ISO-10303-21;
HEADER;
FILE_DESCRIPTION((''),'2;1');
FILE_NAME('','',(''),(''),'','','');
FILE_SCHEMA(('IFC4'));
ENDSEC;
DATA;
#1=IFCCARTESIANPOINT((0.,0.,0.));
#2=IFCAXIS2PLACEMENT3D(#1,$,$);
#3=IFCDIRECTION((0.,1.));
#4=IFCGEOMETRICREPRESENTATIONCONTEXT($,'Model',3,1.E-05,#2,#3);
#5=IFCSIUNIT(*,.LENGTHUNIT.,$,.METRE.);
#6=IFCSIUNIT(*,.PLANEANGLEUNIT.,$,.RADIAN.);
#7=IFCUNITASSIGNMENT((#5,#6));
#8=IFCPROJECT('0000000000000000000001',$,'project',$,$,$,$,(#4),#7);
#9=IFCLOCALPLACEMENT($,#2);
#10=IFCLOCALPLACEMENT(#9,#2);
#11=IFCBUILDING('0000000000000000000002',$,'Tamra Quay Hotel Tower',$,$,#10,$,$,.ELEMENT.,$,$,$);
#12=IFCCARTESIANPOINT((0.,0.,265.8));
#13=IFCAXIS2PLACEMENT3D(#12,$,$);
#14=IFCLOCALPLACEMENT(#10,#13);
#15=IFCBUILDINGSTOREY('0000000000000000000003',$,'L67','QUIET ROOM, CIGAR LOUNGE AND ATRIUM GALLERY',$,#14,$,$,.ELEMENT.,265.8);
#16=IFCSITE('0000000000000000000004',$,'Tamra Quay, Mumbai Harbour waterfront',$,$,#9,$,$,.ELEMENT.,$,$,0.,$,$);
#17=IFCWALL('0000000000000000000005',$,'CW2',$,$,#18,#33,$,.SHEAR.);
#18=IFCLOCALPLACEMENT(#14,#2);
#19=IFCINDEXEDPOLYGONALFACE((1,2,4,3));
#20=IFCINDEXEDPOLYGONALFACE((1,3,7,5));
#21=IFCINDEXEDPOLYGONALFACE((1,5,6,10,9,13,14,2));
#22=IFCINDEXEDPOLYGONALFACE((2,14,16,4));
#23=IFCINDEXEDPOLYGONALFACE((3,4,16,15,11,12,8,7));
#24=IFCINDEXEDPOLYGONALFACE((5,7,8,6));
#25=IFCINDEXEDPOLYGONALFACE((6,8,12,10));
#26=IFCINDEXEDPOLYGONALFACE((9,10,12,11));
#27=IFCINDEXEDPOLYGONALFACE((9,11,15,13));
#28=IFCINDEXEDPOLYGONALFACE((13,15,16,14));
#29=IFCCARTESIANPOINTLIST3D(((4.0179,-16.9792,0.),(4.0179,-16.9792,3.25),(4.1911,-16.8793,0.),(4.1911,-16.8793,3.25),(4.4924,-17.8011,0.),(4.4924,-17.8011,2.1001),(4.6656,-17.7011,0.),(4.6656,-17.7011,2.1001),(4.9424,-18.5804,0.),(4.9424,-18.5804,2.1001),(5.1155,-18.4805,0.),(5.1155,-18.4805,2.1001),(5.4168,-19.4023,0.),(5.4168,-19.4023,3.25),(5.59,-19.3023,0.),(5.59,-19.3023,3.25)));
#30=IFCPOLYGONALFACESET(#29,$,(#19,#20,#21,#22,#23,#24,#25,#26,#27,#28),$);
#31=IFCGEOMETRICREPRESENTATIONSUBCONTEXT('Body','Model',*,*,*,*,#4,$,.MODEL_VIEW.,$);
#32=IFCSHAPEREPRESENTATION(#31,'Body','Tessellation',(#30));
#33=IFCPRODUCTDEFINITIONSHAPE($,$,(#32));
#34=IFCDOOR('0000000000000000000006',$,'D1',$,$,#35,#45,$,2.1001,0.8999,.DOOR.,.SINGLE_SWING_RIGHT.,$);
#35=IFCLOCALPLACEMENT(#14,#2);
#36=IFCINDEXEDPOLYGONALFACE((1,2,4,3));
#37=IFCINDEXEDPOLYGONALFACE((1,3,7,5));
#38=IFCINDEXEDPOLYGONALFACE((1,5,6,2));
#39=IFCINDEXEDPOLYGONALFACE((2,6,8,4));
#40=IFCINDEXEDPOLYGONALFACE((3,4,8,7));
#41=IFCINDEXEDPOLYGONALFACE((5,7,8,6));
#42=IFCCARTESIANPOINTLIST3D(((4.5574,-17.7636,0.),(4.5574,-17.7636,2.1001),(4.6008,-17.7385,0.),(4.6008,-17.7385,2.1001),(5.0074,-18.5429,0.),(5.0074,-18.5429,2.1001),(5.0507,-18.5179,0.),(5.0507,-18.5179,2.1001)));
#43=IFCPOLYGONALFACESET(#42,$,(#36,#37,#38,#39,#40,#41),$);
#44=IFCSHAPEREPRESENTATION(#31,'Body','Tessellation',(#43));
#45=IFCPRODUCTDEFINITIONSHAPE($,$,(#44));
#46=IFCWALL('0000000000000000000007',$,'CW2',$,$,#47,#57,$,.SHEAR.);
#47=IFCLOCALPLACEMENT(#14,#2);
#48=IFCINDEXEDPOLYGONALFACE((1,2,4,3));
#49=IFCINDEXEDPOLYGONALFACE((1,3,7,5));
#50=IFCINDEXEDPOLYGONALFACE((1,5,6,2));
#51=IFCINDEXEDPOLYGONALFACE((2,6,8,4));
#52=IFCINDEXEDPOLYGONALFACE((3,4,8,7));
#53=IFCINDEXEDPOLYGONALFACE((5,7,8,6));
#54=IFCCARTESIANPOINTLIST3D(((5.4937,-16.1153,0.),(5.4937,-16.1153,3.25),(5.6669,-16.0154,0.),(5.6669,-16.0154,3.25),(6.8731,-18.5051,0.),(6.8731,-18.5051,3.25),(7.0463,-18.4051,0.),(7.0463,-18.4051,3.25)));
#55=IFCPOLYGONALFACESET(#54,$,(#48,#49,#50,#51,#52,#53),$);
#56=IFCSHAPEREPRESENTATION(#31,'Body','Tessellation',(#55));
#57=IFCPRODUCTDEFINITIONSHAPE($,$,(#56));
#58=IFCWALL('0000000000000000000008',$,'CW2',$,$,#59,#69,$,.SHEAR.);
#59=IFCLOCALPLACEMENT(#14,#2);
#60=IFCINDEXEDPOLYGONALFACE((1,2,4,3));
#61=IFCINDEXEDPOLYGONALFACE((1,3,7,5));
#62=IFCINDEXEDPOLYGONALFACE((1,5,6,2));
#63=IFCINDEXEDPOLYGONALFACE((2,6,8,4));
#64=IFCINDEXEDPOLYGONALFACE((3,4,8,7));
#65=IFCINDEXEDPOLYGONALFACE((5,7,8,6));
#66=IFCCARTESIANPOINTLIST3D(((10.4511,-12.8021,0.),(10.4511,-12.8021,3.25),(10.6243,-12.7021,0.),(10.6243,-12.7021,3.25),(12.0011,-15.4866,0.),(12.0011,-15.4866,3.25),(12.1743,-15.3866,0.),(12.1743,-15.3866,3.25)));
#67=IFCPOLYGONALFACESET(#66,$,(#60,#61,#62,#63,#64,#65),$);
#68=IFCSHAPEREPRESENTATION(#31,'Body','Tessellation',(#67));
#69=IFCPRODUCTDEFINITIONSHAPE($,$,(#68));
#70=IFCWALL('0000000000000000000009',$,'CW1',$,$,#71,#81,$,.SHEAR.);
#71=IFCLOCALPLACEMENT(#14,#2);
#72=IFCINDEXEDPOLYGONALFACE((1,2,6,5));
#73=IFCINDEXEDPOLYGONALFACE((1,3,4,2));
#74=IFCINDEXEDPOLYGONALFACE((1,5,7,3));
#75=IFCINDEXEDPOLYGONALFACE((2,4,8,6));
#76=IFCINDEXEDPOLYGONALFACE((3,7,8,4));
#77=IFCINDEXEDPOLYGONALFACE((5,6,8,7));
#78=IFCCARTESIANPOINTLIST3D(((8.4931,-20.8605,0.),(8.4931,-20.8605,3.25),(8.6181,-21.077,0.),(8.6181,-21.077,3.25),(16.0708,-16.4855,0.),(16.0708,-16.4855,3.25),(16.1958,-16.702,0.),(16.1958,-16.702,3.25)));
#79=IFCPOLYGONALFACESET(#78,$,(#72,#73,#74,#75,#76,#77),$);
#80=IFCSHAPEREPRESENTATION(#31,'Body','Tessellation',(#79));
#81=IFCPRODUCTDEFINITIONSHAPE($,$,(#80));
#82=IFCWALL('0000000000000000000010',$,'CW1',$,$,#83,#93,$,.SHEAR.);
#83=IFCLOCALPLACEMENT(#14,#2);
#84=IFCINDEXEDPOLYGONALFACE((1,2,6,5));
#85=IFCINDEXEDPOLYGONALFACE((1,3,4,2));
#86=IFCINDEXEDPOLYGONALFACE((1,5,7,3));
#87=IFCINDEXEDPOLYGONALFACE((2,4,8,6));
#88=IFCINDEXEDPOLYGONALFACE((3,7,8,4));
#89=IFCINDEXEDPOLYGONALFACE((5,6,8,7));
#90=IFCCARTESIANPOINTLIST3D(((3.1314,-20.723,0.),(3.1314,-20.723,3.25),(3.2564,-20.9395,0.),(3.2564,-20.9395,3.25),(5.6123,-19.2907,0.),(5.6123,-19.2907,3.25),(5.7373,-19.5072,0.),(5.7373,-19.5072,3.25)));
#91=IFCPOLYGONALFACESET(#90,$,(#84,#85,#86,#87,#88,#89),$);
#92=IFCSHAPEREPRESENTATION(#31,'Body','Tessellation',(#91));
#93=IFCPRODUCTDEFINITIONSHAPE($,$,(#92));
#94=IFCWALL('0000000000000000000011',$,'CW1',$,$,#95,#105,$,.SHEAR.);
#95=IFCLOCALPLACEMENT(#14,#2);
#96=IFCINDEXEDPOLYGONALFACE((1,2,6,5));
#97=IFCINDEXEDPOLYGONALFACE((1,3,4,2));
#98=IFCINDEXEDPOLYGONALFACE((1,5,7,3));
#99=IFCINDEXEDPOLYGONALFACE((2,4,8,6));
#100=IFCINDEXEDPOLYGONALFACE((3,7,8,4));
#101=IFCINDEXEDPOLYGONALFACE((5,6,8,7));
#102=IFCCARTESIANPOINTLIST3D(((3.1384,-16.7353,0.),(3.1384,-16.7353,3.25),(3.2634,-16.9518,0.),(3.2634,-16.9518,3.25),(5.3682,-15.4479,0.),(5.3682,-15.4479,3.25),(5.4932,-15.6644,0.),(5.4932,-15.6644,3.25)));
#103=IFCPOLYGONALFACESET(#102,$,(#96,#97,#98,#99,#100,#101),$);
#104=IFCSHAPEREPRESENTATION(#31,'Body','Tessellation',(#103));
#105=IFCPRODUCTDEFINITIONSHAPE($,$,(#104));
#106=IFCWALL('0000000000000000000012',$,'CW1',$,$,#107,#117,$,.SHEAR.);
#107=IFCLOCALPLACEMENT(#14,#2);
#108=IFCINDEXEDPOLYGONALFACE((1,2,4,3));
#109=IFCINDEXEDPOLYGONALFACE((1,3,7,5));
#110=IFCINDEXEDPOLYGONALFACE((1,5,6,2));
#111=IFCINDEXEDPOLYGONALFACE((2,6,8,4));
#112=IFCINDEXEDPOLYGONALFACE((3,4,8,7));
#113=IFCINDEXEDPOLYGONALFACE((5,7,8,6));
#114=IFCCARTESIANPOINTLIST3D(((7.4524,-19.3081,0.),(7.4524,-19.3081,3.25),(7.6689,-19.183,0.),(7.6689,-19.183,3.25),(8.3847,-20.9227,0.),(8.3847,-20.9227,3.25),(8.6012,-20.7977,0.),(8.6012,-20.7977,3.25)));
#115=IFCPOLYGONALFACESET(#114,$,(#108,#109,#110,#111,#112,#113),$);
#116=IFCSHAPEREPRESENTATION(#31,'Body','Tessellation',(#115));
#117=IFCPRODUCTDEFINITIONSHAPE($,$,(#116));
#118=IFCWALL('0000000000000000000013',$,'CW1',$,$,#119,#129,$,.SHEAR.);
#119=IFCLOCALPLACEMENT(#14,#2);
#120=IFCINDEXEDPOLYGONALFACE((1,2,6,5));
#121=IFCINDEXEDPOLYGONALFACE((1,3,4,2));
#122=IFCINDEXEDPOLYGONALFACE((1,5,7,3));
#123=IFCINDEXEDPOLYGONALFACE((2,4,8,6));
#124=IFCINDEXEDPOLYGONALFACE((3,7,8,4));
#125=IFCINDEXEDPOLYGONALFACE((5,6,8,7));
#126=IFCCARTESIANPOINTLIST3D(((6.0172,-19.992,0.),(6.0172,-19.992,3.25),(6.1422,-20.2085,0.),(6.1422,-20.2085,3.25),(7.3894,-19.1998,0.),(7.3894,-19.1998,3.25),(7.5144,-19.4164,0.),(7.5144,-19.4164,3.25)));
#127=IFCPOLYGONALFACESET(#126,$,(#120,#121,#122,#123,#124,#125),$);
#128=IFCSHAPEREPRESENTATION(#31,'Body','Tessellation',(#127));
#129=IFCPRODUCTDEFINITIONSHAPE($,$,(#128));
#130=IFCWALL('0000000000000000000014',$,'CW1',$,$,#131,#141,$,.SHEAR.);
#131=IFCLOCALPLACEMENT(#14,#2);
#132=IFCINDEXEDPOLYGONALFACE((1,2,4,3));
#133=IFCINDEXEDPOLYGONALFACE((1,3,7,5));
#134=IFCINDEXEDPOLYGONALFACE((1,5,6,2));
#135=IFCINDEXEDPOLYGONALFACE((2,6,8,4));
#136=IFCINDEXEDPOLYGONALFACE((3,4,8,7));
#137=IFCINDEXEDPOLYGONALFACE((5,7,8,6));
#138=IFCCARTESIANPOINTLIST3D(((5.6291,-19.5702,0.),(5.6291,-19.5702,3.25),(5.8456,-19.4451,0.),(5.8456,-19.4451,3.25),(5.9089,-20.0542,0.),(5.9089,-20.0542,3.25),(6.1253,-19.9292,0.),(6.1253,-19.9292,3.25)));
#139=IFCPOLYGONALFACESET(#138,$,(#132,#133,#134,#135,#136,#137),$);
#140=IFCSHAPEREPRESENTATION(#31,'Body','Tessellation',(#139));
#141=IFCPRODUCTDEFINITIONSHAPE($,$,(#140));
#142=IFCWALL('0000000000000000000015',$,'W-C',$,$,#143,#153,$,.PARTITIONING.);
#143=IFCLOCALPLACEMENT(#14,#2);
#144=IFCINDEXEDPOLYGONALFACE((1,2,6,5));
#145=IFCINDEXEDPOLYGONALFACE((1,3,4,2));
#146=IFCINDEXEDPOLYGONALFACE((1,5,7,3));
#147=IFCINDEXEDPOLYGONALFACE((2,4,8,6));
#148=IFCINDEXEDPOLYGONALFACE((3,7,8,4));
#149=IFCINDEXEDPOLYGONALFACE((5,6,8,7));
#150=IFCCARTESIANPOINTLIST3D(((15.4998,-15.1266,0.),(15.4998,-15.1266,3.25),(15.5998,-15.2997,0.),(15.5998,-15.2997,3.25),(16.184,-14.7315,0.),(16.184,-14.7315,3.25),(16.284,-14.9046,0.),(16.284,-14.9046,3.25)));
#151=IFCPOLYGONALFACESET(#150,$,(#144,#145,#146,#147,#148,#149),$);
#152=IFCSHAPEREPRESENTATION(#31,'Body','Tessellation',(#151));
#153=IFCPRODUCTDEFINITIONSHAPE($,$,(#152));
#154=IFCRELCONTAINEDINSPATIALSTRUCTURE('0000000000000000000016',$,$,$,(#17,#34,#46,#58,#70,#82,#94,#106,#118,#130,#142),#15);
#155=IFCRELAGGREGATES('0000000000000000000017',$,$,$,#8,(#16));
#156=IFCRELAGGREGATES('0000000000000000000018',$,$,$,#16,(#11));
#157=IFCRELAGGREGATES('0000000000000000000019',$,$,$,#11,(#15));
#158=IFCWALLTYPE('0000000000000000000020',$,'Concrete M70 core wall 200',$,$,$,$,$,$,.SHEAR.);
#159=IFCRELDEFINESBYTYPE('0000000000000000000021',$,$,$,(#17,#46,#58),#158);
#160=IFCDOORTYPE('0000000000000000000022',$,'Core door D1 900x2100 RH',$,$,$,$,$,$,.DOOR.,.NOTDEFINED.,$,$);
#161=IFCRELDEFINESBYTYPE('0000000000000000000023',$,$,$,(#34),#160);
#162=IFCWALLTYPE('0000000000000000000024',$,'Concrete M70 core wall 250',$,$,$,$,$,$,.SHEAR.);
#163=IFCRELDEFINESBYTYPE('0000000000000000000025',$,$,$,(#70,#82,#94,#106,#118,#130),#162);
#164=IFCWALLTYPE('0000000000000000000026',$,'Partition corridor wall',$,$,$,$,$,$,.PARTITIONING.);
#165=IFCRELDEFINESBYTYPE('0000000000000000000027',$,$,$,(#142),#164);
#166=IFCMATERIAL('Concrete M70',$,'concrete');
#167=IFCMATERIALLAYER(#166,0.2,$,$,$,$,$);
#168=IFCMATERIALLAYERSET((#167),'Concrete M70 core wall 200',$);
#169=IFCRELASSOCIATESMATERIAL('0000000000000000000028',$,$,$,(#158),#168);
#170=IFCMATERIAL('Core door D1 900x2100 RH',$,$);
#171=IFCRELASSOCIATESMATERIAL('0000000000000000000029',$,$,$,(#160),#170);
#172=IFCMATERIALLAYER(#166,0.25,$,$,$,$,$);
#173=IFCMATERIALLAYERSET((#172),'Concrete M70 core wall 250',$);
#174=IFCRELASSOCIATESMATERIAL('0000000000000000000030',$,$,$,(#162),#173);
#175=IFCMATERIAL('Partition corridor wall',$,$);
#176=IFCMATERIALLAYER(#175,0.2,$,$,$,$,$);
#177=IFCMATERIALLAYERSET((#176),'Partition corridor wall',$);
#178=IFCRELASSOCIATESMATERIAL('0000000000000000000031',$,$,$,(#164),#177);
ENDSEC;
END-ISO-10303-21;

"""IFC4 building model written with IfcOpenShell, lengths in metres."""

from ifc_helpers import new_model, si_unit, direction, frame, frame_2d, origin, place, context, subcontext, project, spatial, rectangle, extrude, material, layer, layer_set, type_object, element, fill, save


model = new_model("IFC4")

# Units and contexts
model_context = context("Model", 3, precision=1e-05, world=origin(), true_north=direction((0.0, 1.0)))
body_context = subcontext(model_context, "Body", "Model", "MODEL_VIEW")
ifc_project = project(units=[si_unit("LENGTHUNIT", "METRE"), si_unit("PLANEANGLEUNIT", "RADIAN")], contexts=[model_context])

# Site, building, storey
site_placement = place(None, origin())
site = spatial("IfcSite", under=ifc_project, at=site_placement, Name="Tamra Quay, Mumbai Harbour waterfront", CompositionType="ELEMENT", RefElevation=0.0)
building_placement = place(site_placement, origin())
building = spatial("IfcBuilding", under=site, at=building_placement, Name="Tamra Quay Hotel Tower", CompositionType="ELEMENT")
storey_placement = place(building_placement, frame((0.0, 0.0, 265.8)))
storey = spatial("IfcBuildingStorey", under=building, at=storey_placement, Name="L67", Description="QUIET ROOM, CIGAR LOUNGE AND ATRIUM GALLERY", CompositionType="ELEMENT", Elevation=265.8)

# Shared definitions
ifc_material_1 = material(Name="Concrete M70", Category="concrete")

# Shared definitions
ifc_layer_1 = layer(ifc_material_1, 0.2)
ifc_layer_set_1 = layer_set([ifc_layer_1], Name="Concrete M70 core wall 200")
wall_type_1 = type_object("IfcWallType", Name="Concrete M70 core wall 200", PredefinedType="SHEAR", material=ifc_layer_set_1)

# Wall, opening, door
wall_1_placement = place(storey_placement, frame((5.5034, -19.3523, 0.0), z_axis=(0.0, 0.0, 1.0), x_axis=(-0.499987, 0.866033, 0.0)))
wall_1 = element("IfcWall", 1, at=wall_1_placement, inside=storey, type_object=wall_type_1, Name="CW2", PredefinedType="SHEAR", context=body_context, shape_type="SweptSolid", body=[
    extrude(rectangle(XDim=2.7979, YDim=0.2, at=frame_2d((1.3989, 0.0))), origin(), (0.0, 0.0, 1.0), 3.25),
])
opening_1_placement = place(wall_1_placement, frame((0.949, 0.0, 0.0)))
opening_1 = element("IfcOpeningElement", 2, at=opening_1_placement, cuts=wall_1, PredefinedType="OPENING", context=body_context, shape_type="SweptSolid", body=[
    extrude(rectangle(XDim=0.8999, YDim=2.1001, at=frame_2d((0.45, 1.05))), frame((0.0, 0.1099, 0.0), z_axis=(0.0, -1.0, 0.0), x_axis=(1.0, 0.0, 0.0)), (0.0, 0.0, 1.0), 0.22),
])
ifc_material_2 = material(Name="Core door D1 900x2100 RH")
door_type_1 = type_object("IfcDoorType", Name="Core door D1 900x2100 RH", OperationType="NOTDEFINED", PredefinedType="DOOR", material=ifc_material_2)
door_1_placement = place(opening_1_placement, origin())
door_1 = element("IfcDoor", 3, at=door_1_placement, inside=storey, type_object=door_type_1, Name="D1", OperationType="SINGLE_SWING_RIGHT", OverallHeight=2.1001, OverallWidth=0.8999, PredefinedType="DOOR", context=body_context, shape_type="SweptSolid", body=[
    extrude(rectangle(XDim=0.8999, YDim=2.1001, at=frame_2d((0.45, 1.05))), frame((0.0, 0.0249, 0.0), z_axis=(0.0, -1.0, 0.0), x_axis=(1.0, 0.0, 0.0)), (0.0, 0.0, 1.0), 0.05),
])
fill(opening_1, door_1)

# Walls
wall_2_placement = place(storey_placement, frame((6.9597, -18.4551, 0.0), z_axis=(0.0, 0.0, 1.0), x_axis=(-0.499927, 0.866068, 0.0)))
element("IfcWall", 4, at=wall_2_placement, inside=storey, type_object=wall_type_1, Name="CW2", PredefinedType="SHEAR", context=body_context, shape_type="SweptSolid", body=[
    extrude(rectangle(XDim=2.7593, YDim=0.2, at=frame_2d((1.3796, 0.0))), origin(), (0.0, 0.0, 1.0), 3.25),
])
wall_3_placement = place(storey_placement, frame((12.0876, -15.4365, 0.0), z_axis=(0.0, 0.0, 1.0), x_axis=(-0.500027, 0.86601, 0.0)))
element("IfcWall", 5, at=wall_3_placement, inside=storey, type_object=wall_type_1, Name="CW2", PredefinedType="SHEAR", context=body_context, shape_type="SweptSolid", body=[
    extrude(rectangle(XDim=3.0999, YDim=0.2, at=frame_2d((1.5498, 0.0))), origin(), (0.0, 0.0, 1.0), 3.25),
])
ifc_layer_2 = layer(ifc_material_1, 0.25)
ifc_layer_set_2 = layer_set([ifc_layer_2], Name="Concrete M70 core wall 250")
wall_type_2 = type_object("IfcWallType", Name="Concrete M70 core wall 250", PredefinedType="SHEAR", material=ifc_layer_set_2)
wall_4_placement = place(storey_placement, frame((16.1333, -16.5938, 0.0), z_axis=(0.0, 0.0, 1.0), x_axis=(-0.866023, -0.500004, 0.0)))
element("IfcWall", 6, at=wall_4_placement, inside=storey, type_object=wall_type_2, Name="CW1", PredefinedType="SHEAR", context=body_context, shape_type="SweptSolid", body=[
    extrude(rectangle(XDim=8.75, YDim=0.25, at=frame_2d((4.375, 0.0))), origin(), (0.0, 0.0, 1.0), 3.25),
])
wall_5_placement = place(storey_placement, frame((5.6748, -19.3989, 0.0), z_axis=(0.0, 0.0, 1.0), x_axis=(-0.866027, -0.499998, 0.0)))
element("IfcWall", 7, at=wall_5_placement, inside=storey, type_object=wall_type_2, Name="CW1", PredefinedType="SHEAR", context=body_context, shape_type="SweptSolid", body=[
    extrude(rectangle(XDim=2.8647, YDim=0.25, at=frame_2d((1.4324, 0.0))), origin(), (0.0, 0.0, 1.0), 3.25),
])
wall_6_placement = place(storey_placement, frame((5.4307, -15.5562, 0.0), z_axis=(0.0, 0.0, 1.0), x_axis=(-0.866023, -0.500004, 0.0)))
element("IfcWall", 8, at=wall_6_placement, inside=storey, type_object=wall_type_2, Name="CW1", PredefinedType="SHEAR", context=body_context, shape_type="SweptSolid", body=[
    extrude(rectangle(XDim=2.5747, YDim=0.25, at=frame_2d((1.2874, 0.0))), origin(), (0.0, 0.0, 1.0), 3.25),
])
wall_7_placement = place(storey_placement, frame((8.4929, -20.8601, 0.0), z_axis=(0.0, 0.0, 1.0), x_axis=(-0.50004, 0.866002, 0.0)))
element("IfcWall", 9, at=wall_7_placement, inside=storey, type_object=wall_type_2, Name="CW1", PredefinedType="SHEAR", context=body_context, shape_type="SweptSolid", body=[
    extrude(rectangle(XDim=1.8645, YDim=0.25, at=frame_2d((0.9321, 0.0))), origin(), (0.0, 0.0, 1.0), 3.25),
])
wall_8_placement = place(storey_placement, frame((7.4519, -19.3081, 0.0), z_axis=(0.0, 0.0, 1.0), x_axis=(-0.866044, -0.499967, 0.0)))
element("IfcWall", 10, at=wall_8_placement, inside=storey, type_object=wall_type_2, Name="CW1", PredefinedType="SHEAR", context=body_context, shape_type="SweptSolid", body=[
    extrude(rectangle(XDim=1.5845, YDim=0.25, at=frame_2d((0.7922, 0.0))), origin(), (0.0, 0.0, 1.0), 3.25),
])
wall_9_placement = place(storey_placement, frame((6.0171, -19.9917, 0.0), z_axis=(0.0, 0.0, 1.0), x_axis=(-0.500365, 0.865815, 0.0)))
element("IfcWall", 11, at=wall_9_placement, inside=storey, type_object=wall_type_2, Name="CW1", PredefinedType="SHEAR", context=body_context, shape_type="SweptSolid", body=[
    extrude(rectangle(XDim=0.5591, YDim=0.25, at=frame_2d((0.2795, 0.0))), origin(), (0.0, 0.0, 1.0), 3.25),
])
ifc_material_3 = material(Name="Partition corridor wall")
ifc_layer_3 = layer(ifc_material_3, 0.2)
ifc_layer_set_3 = layer_set([ifc_layer_3], Name="Partition corridor wall")
wall_type_3 = type_object("IfcWallType", Name="Partition corridor wall", PredefinedType="PARTITIONING", material=ifc_layer_set_3)
wall_10_placement = place(storey_placement, frame((15.5498, -15.2131, 0.0), z_axis=(0.0, 0.0, 1.0), x_axis=(0.86599, 0.500061, 0.0)))
element("IfcWall", 12, at=wall_10_placement, inside=storey, type_object=wall_type_3, Name="W-C", PredefinedType="PARTITIONING", context=body_context, shape_type="SweptSolid", body=[
    extrude(rectangle(XDim=0.79, YDim=0.2, at=frame_2d((0.395, 0.0))), origin(), (0.0, 0.0, 1.0), 3.25),
])

save(model, "model.ifc")
